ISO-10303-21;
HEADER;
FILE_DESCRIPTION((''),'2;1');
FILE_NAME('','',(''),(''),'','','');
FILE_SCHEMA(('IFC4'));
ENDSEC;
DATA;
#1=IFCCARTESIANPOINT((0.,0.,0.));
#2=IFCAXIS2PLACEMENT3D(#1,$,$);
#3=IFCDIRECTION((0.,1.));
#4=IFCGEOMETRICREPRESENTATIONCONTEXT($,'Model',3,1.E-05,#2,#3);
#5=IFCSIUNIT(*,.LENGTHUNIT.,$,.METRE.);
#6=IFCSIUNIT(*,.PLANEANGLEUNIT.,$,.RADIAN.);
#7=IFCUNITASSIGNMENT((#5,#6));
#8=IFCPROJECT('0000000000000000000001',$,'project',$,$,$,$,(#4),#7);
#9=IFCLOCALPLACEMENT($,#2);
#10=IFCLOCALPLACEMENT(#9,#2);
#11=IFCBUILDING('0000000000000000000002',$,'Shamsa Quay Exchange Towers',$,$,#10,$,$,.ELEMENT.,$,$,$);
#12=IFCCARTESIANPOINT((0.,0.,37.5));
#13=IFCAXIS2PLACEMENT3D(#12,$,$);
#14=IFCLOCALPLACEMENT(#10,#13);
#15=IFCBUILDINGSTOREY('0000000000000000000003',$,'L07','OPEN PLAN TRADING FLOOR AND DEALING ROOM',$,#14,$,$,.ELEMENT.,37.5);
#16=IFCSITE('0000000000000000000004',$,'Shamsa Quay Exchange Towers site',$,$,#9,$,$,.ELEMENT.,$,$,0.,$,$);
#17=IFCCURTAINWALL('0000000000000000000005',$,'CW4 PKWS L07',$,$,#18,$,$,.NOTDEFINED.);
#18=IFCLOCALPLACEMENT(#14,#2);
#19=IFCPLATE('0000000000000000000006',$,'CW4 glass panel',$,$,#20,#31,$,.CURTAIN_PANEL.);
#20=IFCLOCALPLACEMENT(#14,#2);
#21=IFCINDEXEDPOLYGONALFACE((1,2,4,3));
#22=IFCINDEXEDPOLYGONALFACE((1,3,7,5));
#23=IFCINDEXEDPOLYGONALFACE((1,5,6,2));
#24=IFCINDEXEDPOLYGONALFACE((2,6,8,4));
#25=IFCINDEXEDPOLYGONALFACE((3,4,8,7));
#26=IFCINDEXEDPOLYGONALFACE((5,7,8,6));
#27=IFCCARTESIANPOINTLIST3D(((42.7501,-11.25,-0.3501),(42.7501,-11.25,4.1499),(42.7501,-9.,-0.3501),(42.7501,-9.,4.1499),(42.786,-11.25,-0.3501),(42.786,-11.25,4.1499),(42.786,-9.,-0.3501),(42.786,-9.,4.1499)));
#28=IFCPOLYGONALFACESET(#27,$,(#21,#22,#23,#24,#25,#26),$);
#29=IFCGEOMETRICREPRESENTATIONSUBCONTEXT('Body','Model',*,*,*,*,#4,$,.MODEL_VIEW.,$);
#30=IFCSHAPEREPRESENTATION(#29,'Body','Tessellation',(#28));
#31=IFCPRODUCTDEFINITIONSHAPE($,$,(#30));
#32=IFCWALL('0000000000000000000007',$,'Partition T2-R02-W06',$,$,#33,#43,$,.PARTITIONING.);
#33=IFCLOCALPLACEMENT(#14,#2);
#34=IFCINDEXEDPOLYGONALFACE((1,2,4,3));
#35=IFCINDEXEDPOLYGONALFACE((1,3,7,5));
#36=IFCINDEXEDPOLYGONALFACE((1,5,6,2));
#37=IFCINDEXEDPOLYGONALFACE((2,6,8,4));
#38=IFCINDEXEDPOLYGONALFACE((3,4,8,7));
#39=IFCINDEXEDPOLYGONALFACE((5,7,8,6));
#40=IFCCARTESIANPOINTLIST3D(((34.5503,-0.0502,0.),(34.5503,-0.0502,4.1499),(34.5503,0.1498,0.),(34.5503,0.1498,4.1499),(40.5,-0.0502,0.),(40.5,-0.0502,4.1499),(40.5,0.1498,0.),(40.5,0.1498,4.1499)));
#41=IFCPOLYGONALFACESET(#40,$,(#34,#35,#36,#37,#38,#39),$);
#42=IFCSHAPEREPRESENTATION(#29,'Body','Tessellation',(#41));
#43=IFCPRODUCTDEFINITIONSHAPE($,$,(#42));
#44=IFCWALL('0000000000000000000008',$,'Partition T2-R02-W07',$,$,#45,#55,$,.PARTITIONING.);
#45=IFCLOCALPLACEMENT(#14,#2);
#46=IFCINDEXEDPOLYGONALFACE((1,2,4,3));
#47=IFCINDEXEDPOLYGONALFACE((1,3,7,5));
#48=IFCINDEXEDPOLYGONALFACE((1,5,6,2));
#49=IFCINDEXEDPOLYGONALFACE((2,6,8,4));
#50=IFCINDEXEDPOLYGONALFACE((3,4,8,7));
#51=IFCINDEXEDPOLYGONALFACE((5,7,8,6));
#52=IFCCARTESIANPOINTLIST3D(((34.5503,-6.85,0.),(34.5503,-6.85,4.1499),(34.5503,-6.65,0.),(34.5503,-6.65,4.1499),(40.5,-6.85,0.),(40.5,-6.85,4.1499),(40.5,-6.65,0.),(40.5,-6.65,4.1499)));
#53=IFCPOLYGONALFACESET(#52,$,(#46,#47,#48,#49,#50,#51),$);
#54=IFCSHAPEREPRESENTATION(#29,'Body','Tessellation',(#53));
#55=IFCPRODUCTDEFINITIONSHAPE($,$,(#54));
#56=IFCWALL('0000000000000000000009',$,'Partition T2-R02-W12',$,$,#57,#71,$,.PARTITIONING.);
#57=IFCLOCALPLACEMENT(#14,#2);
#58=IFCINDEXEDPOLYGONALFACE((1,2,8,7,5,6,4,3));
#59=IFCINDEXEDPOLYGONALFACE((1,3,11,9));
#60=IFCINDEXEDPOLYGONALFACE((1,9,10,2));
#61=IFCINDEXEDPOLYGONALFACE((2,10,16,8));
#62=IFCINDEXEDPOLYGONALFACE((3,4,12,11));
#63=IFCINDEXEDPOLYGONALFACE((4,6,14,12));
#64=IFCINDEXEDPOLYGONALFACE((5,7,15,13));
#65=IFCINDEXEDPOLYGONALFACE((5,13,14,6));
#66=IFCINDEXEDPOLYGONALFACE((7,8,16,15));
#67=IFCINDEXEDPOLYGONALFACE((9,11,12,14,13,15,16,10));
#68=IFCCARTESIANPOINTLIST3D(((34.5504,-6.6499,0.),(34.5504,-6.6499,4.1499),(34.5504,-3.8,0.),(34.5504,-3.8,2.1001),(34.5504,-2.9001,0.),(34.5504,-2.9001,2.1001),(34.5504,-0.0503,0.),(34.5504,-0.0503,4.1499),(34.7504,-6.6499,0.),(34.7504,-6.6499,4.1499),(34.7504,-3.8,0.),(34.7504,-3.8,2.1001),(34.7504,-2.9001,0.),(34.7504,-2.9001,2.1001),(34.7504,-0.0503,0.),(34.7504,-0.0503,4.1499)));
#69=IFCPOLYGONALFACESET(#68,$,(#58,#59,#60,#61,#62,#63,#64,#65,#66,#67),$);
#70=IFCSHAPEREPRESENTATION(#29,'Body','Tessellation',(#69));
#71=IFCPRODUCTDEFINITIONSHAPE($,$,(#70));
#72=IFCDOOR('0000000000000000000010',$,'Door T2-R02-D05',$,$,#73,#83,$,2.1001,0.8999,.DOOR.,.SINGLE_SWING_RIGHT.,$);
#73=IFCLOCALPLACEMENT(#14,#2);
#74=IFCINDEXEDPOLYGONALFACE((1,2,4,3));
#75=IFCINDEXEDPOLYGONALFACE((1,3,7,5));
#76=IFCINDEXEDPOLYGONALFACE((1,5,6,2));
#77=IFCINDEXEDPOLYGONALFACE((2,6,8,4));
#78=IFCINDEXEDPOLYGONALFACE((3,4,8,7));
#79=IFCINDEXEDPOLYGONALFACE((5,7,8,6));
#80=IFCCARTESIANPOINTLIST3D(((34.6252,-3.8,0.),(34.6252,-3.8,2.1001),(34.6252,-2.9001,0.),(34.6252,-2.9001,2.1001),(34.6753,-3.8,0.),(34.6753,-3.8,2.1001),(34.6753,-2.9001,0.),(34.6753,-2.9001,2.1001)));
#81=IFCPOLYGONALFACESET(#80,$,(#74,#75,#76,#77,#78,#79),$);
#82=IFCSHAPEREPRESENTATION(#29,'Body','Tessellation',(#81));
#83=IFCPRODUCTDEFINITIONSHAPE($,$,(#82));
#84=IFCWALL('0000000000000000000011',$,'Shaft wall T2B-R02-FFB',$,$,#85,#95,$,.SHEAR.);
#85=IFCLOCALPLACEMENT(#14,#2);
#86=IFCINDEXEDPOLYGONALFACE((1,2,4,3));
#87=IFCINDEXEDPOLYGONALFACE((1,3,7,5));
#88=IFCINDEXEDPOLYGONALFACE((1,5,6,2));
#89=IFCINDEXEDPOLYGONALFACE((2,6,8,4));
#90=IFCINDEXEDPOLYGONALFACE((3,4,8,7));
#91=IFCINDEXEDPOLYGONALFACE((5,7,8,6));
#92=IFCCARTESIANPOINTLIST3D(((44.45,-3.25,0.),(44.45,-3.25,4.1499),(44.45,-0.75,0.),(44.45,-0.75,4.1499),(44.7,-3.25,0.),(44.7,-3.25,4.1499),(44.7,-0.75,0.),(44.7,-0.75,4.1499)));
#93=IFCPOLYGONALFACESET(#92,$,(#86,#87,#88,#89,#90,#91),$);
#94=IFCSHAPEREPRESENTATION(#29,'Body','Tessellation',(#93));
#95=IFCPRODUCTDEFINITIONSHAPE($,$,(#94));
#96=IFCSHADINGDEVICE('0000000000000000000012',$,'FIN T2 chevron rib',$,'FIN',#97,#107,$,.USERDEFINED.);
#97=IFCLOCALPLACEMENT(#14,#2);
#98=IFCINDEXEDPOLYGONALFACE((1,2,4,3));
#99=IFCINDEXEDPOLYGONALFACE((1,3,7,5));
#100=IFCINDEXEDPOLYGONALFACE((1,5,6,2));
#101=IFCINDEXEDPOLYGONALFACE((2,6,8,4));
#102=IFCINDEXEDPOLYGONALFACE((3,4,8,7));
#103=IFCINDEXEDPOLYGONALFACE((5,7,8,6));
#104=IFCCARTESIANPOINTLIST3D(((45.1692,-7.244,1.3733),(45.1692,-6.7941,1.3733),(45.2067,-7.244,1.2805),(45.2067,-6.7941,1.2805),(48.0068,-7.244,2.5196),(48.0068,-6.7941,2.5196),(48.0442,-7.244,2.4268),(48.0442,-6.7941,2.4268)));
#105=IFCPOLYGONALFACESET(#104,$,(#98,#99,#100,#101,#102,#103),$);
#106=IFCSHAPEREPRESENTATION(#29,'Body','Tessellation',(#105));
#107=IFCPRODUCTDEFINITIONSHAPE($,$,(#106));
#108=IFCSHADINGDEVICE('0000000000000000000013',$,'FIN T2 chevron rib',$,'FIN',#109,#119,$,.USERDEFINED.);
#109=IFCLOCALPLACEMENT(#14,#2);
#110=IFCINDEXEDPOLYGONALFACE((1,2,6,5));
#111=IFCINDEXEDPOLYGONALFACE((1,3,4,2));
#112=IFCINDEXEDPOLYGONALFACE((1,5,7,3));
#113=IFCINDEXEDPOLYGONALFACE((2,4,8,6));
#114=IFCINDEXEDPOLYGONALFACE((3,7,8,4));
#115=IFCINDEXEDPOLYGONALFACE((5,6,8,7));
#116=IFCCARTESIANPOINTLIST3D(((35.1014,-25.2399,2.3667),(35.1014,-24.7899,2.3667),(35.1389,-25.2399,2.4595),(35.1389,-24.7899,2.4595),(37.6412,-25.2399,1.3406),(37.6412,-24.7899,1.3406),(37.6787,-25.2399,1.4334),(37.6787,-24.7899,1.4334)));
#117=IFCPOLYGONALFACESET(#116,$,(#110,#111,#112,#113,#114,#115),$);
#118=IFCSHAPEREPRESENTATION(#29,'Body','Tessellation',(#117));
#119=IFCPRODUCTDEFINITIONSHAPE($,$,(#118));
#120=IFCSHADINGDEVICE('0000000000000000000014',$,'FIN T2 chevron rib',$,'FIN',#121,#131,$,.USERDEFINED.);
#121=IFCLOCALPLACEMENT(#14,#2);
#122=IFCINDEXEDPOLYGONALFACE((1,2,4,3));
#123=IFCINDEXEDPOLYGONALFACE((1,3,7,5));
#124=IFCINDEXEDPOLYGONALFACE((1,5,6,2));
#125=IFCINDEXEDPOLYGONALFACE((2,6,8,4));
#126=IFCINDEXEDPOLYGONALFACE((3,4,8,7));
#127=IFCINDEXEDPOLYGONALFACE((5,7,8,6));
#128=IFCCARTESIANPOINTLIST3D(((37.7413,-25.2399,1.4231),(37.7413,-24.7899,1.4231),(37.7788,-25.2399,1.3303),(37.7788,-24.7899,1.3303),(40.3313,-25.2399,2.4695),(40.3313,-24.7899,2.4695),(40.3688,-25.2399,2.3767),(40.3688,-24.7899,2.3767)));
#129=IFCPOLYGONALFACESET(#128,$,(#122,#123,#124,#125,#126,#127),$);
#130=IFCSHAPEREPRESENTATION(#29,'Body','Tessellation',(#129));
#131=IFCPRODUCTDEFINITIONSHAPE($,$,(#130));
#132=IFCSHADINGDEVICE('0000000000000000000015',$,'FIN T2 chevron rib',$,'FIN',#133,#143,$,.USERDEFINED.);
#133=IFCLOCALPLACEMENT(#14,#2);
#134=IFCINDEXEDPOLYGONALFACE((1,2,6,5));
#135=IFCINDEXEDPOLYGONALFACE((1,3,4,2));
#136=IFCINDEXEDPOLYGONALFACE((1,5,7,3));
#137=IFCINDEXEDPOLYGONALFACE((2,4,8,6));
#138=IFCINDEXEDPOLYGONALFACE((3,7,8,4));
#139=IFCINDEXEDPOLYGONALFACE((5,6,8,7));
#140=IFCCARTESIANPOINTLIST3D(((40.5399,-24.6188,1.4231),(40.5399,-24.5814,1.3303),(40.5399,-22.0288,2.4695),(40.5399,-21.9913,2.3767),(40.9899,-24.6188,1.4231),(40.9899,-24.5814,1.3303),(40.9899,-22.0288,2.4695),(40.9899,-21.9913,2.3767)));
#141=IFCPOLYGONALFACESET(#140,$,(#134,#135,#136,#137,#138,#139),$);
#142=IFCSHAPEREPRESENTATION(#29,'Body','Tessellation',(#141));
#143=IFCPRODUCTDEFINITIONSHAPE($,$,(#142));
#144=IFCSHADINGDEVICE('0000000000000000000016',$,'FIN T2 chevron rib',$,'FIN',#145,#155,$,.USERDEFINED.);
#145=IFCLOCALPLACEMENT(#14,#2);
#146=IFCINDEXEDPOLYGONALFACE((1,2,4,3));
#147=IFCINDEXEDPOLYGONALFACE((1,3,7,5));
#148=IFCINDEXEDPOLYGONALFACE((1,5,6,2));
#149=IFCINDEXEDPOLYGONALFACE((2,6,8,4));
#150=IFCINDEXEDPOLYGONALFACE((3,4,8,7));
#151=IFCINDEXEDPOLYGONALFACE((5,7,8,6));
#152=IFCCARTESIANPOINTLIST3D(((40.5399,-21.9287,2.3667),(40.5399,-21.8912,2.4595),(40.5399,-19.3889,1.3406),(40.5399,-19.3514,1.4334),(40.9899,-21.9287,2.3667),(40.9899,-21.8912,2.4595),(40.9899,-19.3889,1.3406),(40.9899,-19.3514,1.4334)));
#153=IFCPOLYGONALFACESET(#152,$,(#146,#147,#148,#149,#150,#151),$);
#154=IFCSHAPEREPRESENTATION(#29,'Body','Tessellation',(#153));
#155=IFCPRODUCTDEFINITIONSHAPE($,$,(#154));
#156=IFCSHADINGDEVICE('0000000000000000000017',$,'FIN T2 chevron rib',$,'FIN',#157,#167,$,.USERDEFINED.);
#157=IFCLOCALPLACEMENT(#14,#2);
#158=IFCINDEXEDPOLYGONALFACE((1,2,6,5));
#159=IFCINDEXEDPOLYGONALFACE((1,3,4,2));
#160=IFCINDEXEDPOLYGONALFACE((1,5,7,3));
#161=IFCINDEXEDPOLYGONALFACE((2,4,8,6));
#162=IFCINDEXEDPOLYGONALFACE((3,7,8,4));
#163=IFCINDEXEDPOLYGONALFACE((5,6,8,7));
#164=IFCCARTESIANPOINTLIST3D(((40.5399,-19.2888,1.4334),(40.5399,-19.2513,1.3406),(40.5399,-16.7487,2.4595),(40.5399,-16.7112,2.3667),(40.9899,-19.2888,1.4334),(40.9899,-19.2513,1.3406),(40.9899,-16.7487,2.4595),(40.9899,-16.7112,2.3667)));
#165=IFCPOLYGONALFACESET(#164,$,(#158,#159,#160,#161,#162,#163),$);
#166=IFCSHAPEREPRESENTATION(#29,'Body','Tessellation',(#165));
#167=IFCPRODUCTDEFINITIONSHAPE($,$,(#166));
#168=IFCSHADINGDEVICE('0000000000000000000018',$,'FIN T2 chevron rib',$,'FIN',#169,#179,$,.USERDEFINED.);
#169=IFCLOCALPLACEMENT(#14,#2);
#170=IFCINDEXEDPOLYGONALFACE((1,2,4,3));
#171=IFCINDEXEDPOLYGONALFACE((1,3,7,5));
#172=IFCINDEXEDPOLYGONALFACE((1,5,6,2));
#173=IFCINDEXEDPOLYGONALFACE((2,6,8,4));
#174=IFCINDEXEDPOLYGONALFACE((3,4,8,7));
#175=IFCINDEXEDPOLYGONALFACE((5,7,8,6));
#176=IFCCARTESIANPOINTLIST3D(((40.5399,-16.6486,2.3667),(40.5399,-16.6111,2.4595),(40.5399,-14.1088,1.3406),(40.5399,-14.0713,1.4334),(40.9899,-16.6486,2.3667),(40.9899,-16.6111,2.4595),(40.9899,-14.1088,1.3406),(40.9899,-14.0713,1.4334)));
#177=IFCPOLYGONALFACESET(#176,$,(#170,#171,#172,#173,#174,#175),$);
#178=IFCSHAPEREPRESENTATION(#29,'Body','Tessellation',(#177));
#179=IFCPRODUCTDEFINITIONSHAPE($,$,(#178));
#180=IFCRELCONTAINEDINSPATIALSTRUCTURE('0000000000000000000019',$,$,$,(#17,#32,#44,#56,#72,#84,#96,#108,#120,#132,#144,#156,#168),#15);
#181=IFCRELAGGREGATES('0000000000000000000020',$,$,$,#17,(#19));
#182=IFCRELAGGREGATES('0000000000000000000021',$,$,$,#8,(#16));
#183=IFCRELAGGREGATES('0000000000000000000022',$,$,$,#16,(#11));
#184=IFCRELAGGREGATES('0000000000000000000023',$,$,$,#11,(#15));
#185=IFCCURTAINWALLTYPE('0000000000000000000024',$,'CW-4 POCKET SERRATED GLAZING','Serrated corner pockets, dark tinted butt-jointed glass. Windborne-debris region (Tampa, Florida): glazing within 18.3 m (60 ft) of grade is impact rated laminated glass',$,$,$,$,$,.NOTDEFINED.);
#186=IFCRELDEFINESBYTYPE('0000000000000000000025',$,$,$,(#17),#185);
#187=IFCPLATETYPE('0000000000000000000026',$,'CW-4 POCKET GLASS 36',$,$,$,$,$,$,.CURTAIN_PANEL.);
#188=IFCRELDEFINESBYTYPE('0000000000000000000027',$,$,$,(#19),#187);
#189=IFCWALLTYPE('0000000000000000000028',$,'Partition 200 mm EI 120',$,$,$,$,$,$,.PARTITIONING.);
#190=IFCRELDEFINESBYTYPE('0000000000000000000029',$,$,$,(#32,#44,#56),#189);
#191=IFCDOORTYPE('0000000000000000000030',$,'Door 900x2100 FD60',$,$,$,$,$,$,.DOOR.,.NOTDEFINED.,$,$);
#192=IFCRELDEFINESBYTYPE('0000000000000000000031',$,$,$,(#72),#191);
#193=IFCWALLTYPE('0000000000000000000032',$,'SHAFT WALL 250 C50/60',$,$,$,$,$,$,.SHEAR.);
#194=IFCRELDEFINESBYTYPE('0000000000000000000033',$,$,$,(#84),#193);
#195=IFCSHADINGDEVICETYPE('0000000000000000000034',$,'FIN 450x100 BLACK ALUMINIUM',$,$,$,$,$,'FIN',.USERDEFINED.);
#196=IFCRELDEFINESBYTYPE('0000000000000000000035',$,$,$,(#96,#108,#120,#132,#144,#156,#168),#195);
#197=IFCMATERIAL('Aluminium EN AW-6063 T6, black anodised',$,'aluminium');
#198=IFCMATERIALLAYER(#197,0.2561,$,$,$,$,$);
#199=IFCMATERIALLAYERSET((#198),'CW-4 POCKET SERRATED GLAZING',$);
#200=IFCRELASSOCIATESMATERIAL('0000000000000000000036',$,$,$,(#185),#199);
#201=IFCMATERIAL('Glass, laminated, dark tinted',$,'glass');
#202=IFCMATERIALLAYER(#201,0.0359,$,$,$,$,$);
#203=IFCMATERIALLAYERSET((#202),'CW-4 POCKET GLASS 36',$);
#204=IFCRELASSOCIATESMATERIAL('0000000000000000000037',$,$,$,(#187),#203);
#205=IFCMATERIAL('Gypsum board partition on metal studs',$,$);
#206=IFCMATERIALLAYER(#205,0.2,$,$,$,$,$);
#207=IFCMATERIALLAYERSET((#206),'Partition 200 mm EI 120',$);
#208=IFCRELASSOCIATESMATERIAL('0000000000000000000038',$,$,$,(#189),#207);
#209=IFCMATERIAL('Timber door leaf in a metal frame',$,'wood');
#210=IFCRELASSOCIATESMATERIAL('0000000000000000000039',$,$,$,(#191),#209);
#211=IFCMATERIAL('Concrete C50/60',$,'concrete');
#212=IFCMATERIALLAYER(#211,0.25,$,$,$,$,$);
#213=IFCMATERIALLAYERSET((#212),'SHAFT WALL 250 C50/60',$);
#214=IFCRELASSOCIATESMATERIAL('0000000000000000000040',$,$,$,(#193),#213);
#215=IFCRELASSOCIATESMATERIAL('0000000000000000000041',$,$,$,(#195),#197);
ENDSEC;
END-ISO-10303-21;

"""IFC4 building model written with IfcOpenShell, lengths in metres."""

from ifc_helpers import new_model, si_unit, direction, frame, frame_2d, origin, origin_2d, place, context, subcontext, project, spatial, rectangle, extrude, material, layer, layer_set, material_profile, profile_set, type_object, element, fill, aggregate, save


model = new_model("IFC4")

# Units and contexts
model_context = context("Model", 3, precision=1e-05, world=origin(), true_north=direction((0.0, 1.0)))
body_context = subcontext(model_context, "Body", "Model", "MODEL_VIEW")
ifc_project = project(units=[si_unit("LENGTHUNIT", "METRE"), si_unit("PLANEANGLEUNIT", "RADIAN")], contexts=[model_context])

# Site, building, storey
site_placement = place(None, origin())
site = spatial("IfcSite", under=ifc_project, at=site_placement, Name="Shamsa Quay Exchange Towers site", CompositionType="ELEMENT", RefElevation=0.0)
building_placement = place(site_placement, origin())
building = spatial("IfcBuilding", under=site, at=building_placement, Name="Shamsa Quay Exchange Towers", CompositionType="ELEMENT")
storey_placement = place(building_placement, frame((0.0, 0.0, 37.5)))
storey = spatial("IfcBuildingStorey", under=building, at=storey_placement, Name="L07", Description="OPEN PLAN TRADING FLOOR AND DEALING ROOM", CompositionType="ELEMENT", Elevation=37.5)

# Shared definitions
ifc_material_1 = material(Name="Aluminium EN AW-6063 T6, black anodised", Category="aluminium")

# Shared definitions
ifc_material_2 = material(Name="Glass, laminated, dark tinted", Category="glass")

# Curtain wall, plate
ifc_layer_1 = layer(ifc_material_1, 0.2561)
ifc_layer_set_1 = layer_set([ifc_layer_1], Name="CW-4 POCKET SERRATED GLAZING")
curtain_wall_type_1 = type_object("IfcCurtainWallType", Name="CW-4 POCKET SERRATED GLAZING", Description="Serrated corner pockets, dark tinted butt-jointed glass. Windborne-debris region (Tampa, Florida): glazing within 18.3 m (60 ft) of grade is impact rated laminated glass", PredefinedType="NOTDEFINED", material=ifc_layer_set_1)
curtain_wall_1_placement = place(storey_placement, origin())
curtain_wall_1 = element("IfcCurtainWall", 1, at=curtain_wall_1_placement, inside=storey, type_object=curtain_wall_type_1, Name="CW4 PKWS L07", PredefinedType="NOTDEFINED")
ifc_layer_2 = layer(ifc_material_2, 0.0359)
ifc_layer_set_2 = layer_set([ifc_layer_2], Name="CW-4 POCKET GLASS 36")
plate_type_1 = type_object("IfcPlateType", Name="CW-4 POCKET GLASS 36", PredefinedType="CURTAIN_PANEL", material=ifc_layer_set_2)
plate_1_placement = place(storey_placement, frame((42.7681, -10.125, -0.3501), z_axis=(0.0, 0.0, 1.0), x_axis=(0.0, 1.0, 0.0)))
plate_1 = element("IfcPlate", 2, at=plate_1_placement, type_object=plate_type_1, Name="CW4 glass panel", PredefinedType="CURTAIN_PANEL", context=body_context, shape_type="SweptSolid", body=[
    extrude(rectangle(XDim=2.25, YDim=0.0359, at=origin_2d()), origin(), (0.0, 0.0, 1.0), 4.5),
])
aggregate(curtain_wall_1, [plate_1])

# Shared definitions
ifc_material_3 = material(Name="Gypsum board partition on metal studs")
ifc_material_4 = material(Name="Timber door leaf in a metal frame", Category="wood")

# Walls
ifc_layer_3 = layer(ifc_material_3, 0.2)
ifc_layer_set_3 = layer_set([ifc_layer_3], Name="Partition 200 mm EI 120")
wall_type_1 = type_object("IfcWallType", Name="Partition 200 mm EI 120", PredefinedType="PARTITIONING", material=ifc_layer_set_3)
wall_1_placement = place(storey_placement, frame((40.5, 0.0498, 0.0), z_axis=(0.0, 0.0, 1.0), x_axis=(-1.0, 0.0, 0.0)))
element("IfcWall", 3, at=wall_1_placement, inside=storey, type_object=wall_type_1, Name="Partition T2-R02-W06", PredefinedType="PARTITIONING", context=body_context, shape_type="SweptSolid", body=[
    extrude(rectangle(XDim=5.9497, YDim=0.2, at=frame_2d((2.9749, 0.0))), origin(), (0.0, 0.0, 1.0), 4.1499),
])
wall_2_placement = place(storey_placement, frame((34.5503, -6.75, 0.0)))
element("IfcWall", 4, at=wall_2_placement, inside=storey, type_object=wall_type_1, Name="Partition T2-R02-W07", PredefinedType="PARTITIONING", context=body_context, shape_type="SweptSolid", body=[
    extrude(rectangle(XDim=5.9497, YDim=0.2, at=frame_2d((2.9749, 0.0))), origin(), (0.0, 0.0, 1.0), 4.1499),
])

# Wall, opening, door
wall_3_placement = place(storey_placement, frame((34.6504, -0.0503, 0.0), z_axis=(0.0, 0.0, 1.0), x_axis=(0.0, -1.0, 0.0)))
wall_3 = element("IfcWall", 5, at=wall_3_placement, inside=storey, type_object=wall_type_1, Name="Partition T2-R02-W12", PredefinedType="PARTITIONING", context=body_context, shape_type="SweptSolid", body=[
    extrude(rectangle(XDim=6.5996, YDim=0.2, at=frame_2d((3.2998, 0.0))), origin(), (0.0, 0.0, 1.0), 4.1499),
])
opening_1_placement = place(wall_3_placement, frame((2.8499, 0.0, 0.0)))
opening_1 = element("IfcOpeningElement", 6, at=opening_1_placement, cuts=wall_3, PredefinedType="OPENING", context=body_context, shape_type="SweptSolid", body=[
    extrude(rectangle(XDim=0.8999, YDim=2.1001, at=frame_2d((0.45, 1.05))), frame((0.0, 0.1099, 0.0), z_axis=(0.0, -1.0, 0.0), x_axis=(1.0, 0.0, 0.0)), (0.0, 0.0, 1.0), 0.22),
])
door_type_1 = type_object("IfcDoorType", Name="Door 900x2100 FD60", OperationType="NOTDEFINED", PredefinedType="DOOR", material=ifc_material_4)
door_1_placement = place(opening_1_placement, origin())
door_1 = element("IfcDoor", 7, at=door_1_placement, inside=storey, type_object=door_type_1, Name="Door T2-R02-D05", OperationType="SINGLE_SWING_RIGHT", OverallHeight=2.1001, OverallWidth=0.8999, PredefinedType="DOOR", context=body_context, shape_type="SweptSolid", body=[
    extrude(rectangle(XDim=0.8999, YDim=2.1001, at=frame_2d((0.45, 1.05))), frame((0.0, 0.0249, 0.0), z_axis=(0.0, -1.0, 0.0), x_axis=(1.0, 0.0, 0.0)), (0.0, 0.0, 1.0), 0.05),
])
fill(opening_1, door_1)

# Wall
ifc_material_5 = material(Name="Concrete C50/60", Category="concrete")
ifc_layer_4 = layer(ifc_material_5, 0.25)
ifc_layer_set_4 = layer_set([ifc_layer_4], Name="SHAFT WALL 250 C50/60")
wall_type_2 = type_object("IfcWallType", Name="SHAFT WALL 250 C50/60", PredefinedType="SHEAR", material=ifc_layer_set_4)
wall_4_placement = place(storey_placement, frame((44.575, -3.25, 0.0), z_axis=(0.0, 0.0, 1.0), x_axis=(0.0, 1.0, 0.0)))
element("IfcWall", 8, at=wall_4_placement, inside=storey, type_object=wall_type_2, Name="Shaft wall T2B-R02-FFB", PredefinedType="SHEAR", context=body_context, shape_type="SweptSolid", body=[
    extrude(rectangle(XDim=2.5, YDim=0.25, at=frame_2d((1.25, 0.0))), origin(), (0.0, 0.0, 1.0), 4.1499),
])

# Shading devices
ifc_material_profile_1 = material_profile(ifc_material_1, rectangle(XDim=0.45, YDim=0.1001, at=origin_2d()), Name="FIN450x100")
ifc_profile_set_1 = profile_set([ifc_material_profile_1], Name="Aluminium EN AW-6063 T6, black anodised")
shading_device_type = type_object("IfcShadingDeviceType", Name="FIN 450x100 BLACK ALUMINIUM", ElementType="FIN", PredefinedType="USERDEFINED", material=ifc_profile_set_1)
shading_device_1_placement = place(storey_placement, frame((45.188, -7.019, 1.3269), z_axis=(0.9272, 0.0, 0.374566), x_axis=(0.0, 1.0, 0.0)))
element("IfcShadingDevice", 9, at=shading_device_1_placement, inside=storey, type_object=shading_device_type, Name="FIN T2 chevron rib", ObjectType="FIN", PredefinedType="USERDEFINED", context=body_context, shape_type="SweptSolid", body=[
    extrude(rectangle(XDim=0.45, YDim=0.1001, at=origin_2d()), origin(), (0.0, 0.0, 1.0), 3.0603),
])
shading_device_2_placement = place(storey_placement, frame((35.1201, -25.0149, 2.4131), z_axis=(0.927186, 0.0, -0.3746), x_axis=(0.0, 1.0, 0.0)))
element("IfcShadingDevice", 10, at=shading_device_2_placement, inside=storey, type_object=shading_device_type, Name="FIN T2 chevron rib", ObjectType="FIN", PredefinedType="USERDEFINED", context=body_context, shape_type="SweptSolid", body=[
    extrude(rectangle(XDim=0.45, YDim=0.1001, at=origin_2d()), origin(), (0.0, 0.0, 1.0), 2.7393),
])
for number, where, z_axis, x_axis, name in (
    (11, (37.76, -25.0149, 1.3767), (0.927193, 0.0, 0.374583), (0.0, 1.0, 0.0), "FIN T2 chevron rib"),
    (12, (40.7649, -24.6001, 1.3767), (0.0, 0.927193, 0.374583), (-1.0, 0.0, 0.0), "FIN T2 chevron rib"),
):
    element("IfcShadingDevice", number, at=place(storey_placement, frame(where, z_axis=z_axis, x_axis=x_axis)), inside=storey, type_object=shading_device_type, Name=name, ObjectType="FIN", PredefinedType="USERDEFINED", context=body_context, shape_type="SweptSolid", body=[
        extrude(rectangle(XDim=0.45, YDim=0.1001, at=origin_2d()), origin(), (0.0, 0.0, 1.0), 2.7935),
    ])
shading_device_3_placement = place(storey_placement, frame((40.7649, -21.9099, 2.4131), z_axis=(0.0, 0.927186, -0.3746), x_axis=(-1.0, 0.0, 0.0)))
element("IfcShadingDevice", 13, at=shading_device_3_placement, inside=storey, type_object=shading_device_type, Name="FIN T2 chevron rib", ObjectType="FIN", PredefinedType="USERDEFINED", context=body_context, shape_type="SweptSolid", body=[
    extrude(rectangle(XDim=0.45, YDim=0.1001, at=origin_2d()), origin(), (0.0, 0.0, 1.0), 2.7393),
])
shading_device_4_placement = place(storey_placement, frame((40.7649, -19.27, 1.387), z_axis=(0.0, 0.927199, 0.374569), x_axis=(-1.0, 0.0, 0.0)))
element("IfcShadingDevice", 14, at=shading_device_4_placement, inside=storey, type_object=shading_device_type, Name="FIN T2 chevron rib", ObjectType="FIN", PredefinedType="USERDEFINED", context=body_context, shape_type="SweptSolid", body=[
    extrude(rectangle(XDim=0.45, YDim=0.1001, at=origin_2d()), origin(), (0.0, 0.0, 1.0), 2.7395),
])
shading_device_5_placement = place(storey_placement, frame((40.7649, -16.6299, 2.4131), z_axis=(0.0, 0.927186, -0.3746), x_axis=(-1.0, 0.0, 0.0)))
element("IfcShadingDevice", 15, at=shading_device_5_placement, inside=storey, type_object=shading_device_type, Name="FIN T2 chevron rib", ObjectType="FIN", PredefinedType="USERDEFINED", context=body_context, shape_type="SweptSolid", body=[
    extrude(rectangle(XDim=0.45, YDim=0.1001, at=origin_2d()), origin(), (0.0, 0.0, 1.0), 2.7393),
])

save(model, "model.ifc")
